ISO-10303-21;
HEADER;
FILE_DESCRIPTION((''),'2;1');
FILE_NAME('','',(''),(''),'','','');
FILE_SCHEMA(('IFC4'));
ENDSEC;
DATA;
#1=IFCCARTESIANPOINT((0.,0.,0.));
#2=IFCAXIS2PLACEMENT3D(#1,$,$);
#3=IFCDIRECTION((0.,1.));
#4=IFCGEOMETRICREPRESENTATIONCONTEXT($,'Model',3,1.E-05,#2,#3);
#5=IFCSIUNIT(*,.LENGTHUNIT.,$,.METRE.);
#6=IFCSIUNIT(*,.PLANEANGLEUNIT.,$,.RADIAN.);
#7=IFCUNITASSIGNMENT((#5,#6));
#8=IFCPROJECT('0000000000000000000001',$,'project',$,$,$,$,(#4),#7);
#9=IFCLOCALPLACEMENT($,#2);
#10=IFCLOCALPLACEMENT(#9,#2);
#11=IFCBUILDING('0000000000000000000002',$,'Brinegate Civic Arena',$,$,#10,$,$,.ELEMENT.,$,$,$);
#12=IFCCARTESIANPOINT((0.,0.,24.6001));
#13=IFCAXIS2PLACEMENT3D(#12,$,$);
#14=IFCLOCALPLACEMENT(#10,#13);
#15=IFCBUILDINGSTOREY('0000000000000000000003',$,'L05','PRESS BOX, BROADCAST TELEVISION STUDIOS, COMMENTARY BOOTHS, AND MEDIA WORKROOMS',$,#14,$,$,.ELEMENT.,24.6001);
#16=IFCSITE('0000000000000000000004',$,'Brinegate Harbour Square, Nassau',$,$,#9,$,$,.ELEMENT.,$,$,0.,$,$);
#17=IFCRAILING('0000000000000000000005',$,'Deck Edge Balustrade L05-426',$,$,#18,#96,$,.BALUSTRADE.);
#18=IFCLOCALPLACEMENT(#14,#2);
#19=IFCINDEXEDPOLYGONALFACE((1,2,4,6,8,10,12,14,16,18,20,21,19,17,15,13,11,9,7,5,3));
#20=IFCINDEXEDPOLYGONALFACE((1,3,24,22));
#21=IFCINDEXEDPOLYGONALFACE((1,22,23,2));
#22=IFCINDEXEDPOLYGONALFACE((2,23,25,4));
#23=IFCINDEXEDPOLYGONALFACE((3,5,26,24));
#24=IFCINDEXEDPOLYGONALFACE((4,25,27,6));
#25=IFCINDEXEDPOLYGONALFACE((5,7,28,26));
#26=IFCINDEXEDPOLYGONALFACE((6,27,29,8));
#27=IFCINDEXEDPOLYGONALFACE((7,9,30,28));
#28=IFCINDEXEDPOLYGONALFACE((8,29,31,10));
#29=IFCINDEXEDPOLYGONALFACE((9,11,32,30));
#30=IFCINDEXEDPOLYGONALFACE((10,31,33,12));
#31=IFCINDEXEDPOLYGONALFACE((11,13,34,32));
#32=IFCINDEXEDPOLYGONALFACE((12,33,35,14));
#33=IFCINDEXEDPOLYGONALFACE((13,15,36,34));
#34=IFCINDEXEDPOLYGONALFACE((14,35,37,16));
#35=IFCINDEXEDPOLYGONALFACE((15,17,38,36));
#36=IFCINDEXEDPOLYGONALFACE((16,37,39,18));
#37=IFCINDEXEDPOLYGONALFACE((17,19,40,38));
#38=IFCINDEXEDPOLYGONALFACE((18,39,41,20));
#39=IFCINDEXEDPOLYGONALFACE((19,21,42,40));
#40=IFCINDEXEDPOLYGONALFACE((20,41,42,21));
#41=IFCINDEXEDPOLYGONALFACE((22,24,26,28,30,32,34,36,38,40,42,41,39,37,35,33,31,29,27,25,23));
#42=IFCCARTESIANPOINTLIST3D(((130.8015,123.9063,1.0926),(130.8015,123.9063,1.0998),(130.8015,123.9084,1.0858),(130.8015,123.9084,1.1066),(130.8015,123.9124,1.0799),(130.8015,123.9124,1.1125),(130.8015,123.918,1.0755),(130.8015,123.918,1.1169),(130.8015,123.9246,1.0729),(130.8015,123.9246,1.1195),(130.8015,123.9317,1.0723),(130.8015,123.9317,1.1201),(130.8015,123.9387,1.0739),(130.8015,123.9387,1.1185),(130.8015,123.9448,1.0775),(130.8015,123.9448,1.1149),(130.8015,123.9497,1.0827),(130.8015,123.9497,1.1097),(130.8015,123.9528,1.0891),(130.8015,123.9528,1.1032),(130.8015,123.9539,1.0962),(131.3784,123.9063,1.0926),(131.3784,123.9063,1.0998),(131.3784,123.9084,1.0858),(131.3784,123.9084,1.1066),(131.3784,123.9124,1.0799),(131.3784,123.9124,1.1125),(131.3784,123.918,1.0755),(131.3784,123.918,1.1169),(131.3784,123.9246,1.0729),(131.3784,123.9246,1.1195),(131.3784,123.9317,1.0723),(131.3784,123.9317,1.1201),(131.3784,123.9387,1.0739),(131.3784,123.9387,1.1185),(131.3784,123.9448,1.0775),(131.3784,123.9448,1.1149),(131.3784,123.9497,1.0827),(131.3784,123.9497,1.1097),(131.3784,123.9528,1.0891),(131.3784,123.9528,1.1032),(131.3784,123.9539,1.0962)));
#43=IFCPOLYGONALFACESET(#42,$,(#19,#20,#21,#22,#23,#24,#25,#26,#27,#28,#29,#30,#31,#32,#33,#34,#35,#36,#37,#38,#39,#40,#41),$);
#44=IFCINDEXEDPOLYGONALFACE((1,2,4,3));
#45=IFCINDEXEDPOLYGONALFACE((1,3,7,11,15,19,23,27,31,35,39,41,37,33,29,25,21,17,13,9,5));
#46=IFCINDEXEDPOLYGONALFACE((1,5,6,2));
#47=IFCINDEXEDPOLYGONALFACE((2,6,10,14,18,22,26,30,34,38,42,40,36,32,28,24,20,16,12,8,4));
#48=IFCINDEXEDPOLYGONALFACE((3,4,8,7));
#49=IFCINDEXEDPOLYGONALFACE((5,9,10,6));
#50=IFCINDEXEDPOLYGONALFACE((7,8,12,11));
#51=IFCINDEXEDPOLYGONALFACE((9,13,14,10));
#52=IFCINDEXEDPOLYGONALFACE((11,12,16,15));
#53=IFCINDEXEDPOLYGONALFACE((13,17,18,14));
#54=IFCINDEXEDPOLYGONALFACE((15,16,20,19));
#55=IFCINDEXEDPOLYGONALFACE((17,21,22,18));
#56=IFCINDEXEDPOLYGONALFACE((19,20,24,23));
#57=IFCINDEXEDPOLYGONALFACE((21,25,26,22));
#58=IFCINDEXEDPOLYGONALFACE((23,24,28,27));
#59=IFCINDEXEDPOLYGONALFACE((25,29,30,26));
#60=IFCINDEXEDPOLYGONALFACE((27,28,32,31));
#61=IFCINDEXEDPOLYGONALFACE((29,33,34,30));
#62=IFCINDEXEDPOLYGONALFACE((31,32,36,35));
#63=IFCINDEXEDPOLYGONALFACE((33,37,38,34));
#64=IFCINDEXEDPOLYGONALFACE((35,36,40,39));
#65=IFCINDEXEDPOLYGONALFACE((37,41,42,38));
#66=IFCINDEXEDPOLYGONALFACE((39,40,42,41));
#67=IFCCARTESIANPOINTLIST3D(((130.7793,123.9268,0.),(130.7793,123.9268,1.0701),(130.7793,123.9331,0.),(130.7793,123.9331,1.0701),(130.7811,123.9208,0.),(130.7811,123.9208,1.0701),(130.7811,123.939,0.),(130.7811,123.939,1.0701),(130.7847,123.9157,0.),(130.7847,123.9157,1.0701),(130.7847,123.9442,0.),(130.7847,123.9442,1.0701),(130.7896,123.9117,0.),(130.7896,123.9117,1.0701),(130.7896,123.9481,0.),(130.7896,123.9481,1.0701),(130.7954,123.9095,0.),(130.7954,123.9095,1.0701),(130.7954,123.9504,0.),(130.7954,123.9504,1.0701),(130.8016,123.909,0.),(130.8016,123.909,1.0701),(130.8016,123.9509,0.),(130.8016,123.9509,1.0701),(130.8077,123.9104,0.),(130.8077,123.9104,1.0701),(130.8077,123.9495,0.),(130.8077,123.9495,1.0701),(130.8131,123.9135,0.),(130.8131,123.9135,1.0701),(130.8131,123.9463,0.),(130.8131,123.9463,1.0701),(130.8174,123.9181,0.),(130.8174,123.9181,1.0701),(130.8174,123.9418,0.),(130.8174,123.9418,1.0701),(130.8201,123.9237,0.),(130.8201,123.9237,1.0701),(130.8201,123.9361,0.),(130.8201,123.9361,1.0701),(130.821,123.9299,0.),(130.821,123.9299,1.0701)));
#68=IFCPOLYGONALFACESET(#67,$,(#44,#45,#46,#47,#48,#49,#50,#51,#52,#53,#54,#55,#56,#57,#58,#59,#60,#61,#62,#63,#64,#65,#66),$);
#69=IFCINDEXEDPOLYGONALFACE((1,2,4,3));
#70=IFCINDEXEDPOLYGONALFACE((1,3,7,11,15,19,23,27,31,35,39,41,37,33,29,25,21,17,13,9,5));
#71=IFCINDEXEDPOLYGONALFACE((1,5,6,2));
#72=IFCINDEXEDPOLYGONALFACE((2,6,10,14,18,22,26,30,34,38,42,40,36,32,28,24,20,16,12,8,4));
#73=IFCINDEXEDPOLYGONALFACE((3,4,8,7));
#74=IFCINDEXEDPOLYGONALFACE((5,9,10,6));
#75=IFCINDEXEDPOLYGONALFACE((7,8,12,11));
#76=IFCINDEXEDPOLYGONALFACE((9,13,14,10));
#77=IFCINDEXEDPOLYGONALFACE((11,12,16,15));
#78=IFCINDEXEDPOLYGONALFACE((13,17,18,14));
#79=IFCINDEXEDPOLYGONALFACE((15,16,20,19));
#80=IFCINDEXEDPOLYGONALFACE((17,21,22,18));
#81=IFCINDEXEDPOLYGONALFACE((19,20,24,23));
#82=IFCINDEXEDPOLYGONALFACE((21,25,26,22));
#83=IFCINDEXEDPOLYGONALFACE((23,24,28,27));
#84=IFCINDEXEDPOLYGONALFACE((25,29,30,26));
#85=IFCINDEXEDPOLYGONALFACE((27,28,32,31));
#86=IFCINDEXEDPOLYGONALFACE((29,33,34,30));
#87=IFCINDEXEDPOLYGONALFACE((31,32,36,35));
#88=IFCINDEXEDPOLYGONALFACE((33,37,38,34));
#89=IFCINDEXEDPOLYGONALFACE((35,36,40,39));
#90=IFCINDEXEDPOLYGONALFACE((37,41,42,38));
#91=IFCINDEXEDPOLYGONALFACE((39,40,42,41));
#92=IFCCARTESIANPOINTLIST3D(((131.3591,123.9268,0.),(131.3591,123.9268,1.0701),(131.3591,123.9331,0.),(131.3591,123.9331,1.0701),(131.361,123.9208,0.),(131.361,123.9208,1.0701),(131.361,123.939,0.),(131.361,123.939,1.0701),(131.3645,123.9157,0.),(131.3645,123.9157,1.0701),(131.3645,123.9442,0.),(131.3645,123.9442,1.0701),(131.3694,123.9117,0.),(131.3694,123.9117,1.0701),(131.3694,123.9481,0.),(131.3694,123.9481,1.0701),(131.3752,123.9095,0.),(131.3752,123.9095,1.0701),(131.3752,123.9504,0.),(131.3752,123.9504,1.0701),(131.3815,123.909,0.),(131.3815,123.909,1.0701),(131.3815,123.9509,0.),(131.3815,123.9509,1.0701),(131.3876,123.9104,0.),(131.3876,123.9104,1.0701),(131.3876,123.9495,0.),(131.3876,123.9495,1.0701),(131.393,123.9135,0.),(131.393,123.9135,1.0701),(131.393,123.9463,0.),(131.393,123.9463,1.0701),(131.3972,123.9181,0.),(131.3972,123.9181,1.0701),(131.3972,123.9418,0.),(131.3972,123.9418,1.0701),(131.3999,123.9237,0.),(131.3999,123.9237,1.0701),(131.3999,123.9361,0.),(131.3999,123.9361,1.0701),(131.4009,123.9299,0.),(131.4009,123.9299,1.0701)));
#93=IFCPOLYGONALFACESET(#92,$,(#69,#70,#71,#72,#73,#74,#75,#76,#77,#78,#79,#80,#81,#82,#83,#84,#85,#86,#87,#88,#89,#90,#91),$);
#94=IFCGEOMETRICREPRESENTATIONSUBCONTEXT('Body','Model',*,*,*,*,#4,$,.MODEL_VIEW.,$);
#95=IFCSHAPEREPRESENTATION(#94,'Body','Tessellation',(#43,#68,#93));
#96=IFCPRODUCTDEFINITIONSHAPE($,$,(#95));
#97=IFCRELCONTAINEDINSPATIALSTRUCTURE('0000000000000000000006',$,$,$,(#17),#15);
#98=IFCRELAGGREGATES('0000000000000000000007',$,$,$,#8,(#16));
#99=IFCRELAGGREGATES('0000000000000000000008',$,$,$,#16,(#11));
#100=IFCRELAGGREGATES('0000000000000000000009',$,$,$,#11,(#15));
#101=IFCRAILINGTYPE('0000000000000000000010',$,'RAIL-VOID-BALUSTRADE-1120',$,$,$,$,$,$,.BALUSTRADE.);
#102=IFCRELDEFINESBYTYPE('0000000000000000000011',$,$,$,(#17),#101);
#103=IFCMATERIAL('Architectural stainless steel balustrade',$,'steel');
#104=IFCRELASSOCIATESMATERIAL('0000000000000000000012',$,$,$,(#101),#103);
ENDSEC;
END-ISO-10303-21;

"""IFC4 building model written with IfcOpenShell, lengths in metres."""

from ifc_helpers import new_model, si_unit, direction, frame, origin, origin_2d, place, context, subcontext, project, spatial, circle, extrude, material, type_object, element, save


model = new_model("IFC4")

# Units and contexts
model_context = context("Model", 3, precision=1e-05, world=origin(), true_north=direction((0.0, 1.0)))
body_context = subcontext(model_context, "Body", "Model", "MODEL_VIEW")
ifc_project = project(units=[si_unit("LENGTHUNIT", "METRE"), si_unit("PLANEANGLEUNIT", "RADIAN")], contexts=[model_context])

# Site, building, storey
site_placement = place(None, origin())
site = spatial("IfcSite", under=ifc_project, at=site_placement, Name="Brinegate Harbour Square, Nassau", CompositionType="ELEMENT", RefElevation=0.0)
building_placement = place(site_placement, origin())
building = spatial("IfcBuilding", under=site, at=building_placement, Name="Brinegate Civic Arena", CompositionType="ELEMENT")
storey_placement = place(building_placement, frame((0.0, 0.0, 24.6001)))
storey = spatial("IfcBuildingStorey", under=building, at=storey_placement, Name="L05", Description="PRESS BOX, BROADCAST TELEVISION STUDIOS, COMMENTARY BOOTHS, AND MEDIA WORKROOMS", CompositionType="ELEMENT", Elevation=24.6001)

# Railing
ifc_material_1 = material(Name="Architectural stainless steel balustrade", Category="steel")
railing_type_1 = type_object("IfcRailingType", Name="RAIL-VOID-BALUSTRADE-1120", PredefinedType="BALUSTRADE", material=ifc_material_1)
railing_1_placement = place(storey_placement, frame((130.8, 123.9299, 0.0)))
element("IfcRailing", 1, at=railing_1_placement, inside=storey, type_object=railing_type_1, Name="Deck Edge Balustrade L05-426", PredefinedType="BALUSTRADE", context=body_context, shape_type="SweptSolid", body=[
    extrude(circle(Radius=0.0239, at=origin_2d()), frame((0.0015, 0.0, 1.0962), z_axis=(1.0, 0.0, 0.0), x_axis=(0.0, 1.0, 0.0)), (0.0, 0.0, 1.0), 0.5769),
    extrude(circle(Radius=0.021, at=origin_2d()), origin(), (0.0, 0.0, 1.0), 1.0701),
    extrude(circle(Radius=0.021, at=origin_2d()), frame((0.5798, 0.0, 0.0)), (0.0, 0.0, 1.0), 1.0701),
])

save(model, "model.ifc")
